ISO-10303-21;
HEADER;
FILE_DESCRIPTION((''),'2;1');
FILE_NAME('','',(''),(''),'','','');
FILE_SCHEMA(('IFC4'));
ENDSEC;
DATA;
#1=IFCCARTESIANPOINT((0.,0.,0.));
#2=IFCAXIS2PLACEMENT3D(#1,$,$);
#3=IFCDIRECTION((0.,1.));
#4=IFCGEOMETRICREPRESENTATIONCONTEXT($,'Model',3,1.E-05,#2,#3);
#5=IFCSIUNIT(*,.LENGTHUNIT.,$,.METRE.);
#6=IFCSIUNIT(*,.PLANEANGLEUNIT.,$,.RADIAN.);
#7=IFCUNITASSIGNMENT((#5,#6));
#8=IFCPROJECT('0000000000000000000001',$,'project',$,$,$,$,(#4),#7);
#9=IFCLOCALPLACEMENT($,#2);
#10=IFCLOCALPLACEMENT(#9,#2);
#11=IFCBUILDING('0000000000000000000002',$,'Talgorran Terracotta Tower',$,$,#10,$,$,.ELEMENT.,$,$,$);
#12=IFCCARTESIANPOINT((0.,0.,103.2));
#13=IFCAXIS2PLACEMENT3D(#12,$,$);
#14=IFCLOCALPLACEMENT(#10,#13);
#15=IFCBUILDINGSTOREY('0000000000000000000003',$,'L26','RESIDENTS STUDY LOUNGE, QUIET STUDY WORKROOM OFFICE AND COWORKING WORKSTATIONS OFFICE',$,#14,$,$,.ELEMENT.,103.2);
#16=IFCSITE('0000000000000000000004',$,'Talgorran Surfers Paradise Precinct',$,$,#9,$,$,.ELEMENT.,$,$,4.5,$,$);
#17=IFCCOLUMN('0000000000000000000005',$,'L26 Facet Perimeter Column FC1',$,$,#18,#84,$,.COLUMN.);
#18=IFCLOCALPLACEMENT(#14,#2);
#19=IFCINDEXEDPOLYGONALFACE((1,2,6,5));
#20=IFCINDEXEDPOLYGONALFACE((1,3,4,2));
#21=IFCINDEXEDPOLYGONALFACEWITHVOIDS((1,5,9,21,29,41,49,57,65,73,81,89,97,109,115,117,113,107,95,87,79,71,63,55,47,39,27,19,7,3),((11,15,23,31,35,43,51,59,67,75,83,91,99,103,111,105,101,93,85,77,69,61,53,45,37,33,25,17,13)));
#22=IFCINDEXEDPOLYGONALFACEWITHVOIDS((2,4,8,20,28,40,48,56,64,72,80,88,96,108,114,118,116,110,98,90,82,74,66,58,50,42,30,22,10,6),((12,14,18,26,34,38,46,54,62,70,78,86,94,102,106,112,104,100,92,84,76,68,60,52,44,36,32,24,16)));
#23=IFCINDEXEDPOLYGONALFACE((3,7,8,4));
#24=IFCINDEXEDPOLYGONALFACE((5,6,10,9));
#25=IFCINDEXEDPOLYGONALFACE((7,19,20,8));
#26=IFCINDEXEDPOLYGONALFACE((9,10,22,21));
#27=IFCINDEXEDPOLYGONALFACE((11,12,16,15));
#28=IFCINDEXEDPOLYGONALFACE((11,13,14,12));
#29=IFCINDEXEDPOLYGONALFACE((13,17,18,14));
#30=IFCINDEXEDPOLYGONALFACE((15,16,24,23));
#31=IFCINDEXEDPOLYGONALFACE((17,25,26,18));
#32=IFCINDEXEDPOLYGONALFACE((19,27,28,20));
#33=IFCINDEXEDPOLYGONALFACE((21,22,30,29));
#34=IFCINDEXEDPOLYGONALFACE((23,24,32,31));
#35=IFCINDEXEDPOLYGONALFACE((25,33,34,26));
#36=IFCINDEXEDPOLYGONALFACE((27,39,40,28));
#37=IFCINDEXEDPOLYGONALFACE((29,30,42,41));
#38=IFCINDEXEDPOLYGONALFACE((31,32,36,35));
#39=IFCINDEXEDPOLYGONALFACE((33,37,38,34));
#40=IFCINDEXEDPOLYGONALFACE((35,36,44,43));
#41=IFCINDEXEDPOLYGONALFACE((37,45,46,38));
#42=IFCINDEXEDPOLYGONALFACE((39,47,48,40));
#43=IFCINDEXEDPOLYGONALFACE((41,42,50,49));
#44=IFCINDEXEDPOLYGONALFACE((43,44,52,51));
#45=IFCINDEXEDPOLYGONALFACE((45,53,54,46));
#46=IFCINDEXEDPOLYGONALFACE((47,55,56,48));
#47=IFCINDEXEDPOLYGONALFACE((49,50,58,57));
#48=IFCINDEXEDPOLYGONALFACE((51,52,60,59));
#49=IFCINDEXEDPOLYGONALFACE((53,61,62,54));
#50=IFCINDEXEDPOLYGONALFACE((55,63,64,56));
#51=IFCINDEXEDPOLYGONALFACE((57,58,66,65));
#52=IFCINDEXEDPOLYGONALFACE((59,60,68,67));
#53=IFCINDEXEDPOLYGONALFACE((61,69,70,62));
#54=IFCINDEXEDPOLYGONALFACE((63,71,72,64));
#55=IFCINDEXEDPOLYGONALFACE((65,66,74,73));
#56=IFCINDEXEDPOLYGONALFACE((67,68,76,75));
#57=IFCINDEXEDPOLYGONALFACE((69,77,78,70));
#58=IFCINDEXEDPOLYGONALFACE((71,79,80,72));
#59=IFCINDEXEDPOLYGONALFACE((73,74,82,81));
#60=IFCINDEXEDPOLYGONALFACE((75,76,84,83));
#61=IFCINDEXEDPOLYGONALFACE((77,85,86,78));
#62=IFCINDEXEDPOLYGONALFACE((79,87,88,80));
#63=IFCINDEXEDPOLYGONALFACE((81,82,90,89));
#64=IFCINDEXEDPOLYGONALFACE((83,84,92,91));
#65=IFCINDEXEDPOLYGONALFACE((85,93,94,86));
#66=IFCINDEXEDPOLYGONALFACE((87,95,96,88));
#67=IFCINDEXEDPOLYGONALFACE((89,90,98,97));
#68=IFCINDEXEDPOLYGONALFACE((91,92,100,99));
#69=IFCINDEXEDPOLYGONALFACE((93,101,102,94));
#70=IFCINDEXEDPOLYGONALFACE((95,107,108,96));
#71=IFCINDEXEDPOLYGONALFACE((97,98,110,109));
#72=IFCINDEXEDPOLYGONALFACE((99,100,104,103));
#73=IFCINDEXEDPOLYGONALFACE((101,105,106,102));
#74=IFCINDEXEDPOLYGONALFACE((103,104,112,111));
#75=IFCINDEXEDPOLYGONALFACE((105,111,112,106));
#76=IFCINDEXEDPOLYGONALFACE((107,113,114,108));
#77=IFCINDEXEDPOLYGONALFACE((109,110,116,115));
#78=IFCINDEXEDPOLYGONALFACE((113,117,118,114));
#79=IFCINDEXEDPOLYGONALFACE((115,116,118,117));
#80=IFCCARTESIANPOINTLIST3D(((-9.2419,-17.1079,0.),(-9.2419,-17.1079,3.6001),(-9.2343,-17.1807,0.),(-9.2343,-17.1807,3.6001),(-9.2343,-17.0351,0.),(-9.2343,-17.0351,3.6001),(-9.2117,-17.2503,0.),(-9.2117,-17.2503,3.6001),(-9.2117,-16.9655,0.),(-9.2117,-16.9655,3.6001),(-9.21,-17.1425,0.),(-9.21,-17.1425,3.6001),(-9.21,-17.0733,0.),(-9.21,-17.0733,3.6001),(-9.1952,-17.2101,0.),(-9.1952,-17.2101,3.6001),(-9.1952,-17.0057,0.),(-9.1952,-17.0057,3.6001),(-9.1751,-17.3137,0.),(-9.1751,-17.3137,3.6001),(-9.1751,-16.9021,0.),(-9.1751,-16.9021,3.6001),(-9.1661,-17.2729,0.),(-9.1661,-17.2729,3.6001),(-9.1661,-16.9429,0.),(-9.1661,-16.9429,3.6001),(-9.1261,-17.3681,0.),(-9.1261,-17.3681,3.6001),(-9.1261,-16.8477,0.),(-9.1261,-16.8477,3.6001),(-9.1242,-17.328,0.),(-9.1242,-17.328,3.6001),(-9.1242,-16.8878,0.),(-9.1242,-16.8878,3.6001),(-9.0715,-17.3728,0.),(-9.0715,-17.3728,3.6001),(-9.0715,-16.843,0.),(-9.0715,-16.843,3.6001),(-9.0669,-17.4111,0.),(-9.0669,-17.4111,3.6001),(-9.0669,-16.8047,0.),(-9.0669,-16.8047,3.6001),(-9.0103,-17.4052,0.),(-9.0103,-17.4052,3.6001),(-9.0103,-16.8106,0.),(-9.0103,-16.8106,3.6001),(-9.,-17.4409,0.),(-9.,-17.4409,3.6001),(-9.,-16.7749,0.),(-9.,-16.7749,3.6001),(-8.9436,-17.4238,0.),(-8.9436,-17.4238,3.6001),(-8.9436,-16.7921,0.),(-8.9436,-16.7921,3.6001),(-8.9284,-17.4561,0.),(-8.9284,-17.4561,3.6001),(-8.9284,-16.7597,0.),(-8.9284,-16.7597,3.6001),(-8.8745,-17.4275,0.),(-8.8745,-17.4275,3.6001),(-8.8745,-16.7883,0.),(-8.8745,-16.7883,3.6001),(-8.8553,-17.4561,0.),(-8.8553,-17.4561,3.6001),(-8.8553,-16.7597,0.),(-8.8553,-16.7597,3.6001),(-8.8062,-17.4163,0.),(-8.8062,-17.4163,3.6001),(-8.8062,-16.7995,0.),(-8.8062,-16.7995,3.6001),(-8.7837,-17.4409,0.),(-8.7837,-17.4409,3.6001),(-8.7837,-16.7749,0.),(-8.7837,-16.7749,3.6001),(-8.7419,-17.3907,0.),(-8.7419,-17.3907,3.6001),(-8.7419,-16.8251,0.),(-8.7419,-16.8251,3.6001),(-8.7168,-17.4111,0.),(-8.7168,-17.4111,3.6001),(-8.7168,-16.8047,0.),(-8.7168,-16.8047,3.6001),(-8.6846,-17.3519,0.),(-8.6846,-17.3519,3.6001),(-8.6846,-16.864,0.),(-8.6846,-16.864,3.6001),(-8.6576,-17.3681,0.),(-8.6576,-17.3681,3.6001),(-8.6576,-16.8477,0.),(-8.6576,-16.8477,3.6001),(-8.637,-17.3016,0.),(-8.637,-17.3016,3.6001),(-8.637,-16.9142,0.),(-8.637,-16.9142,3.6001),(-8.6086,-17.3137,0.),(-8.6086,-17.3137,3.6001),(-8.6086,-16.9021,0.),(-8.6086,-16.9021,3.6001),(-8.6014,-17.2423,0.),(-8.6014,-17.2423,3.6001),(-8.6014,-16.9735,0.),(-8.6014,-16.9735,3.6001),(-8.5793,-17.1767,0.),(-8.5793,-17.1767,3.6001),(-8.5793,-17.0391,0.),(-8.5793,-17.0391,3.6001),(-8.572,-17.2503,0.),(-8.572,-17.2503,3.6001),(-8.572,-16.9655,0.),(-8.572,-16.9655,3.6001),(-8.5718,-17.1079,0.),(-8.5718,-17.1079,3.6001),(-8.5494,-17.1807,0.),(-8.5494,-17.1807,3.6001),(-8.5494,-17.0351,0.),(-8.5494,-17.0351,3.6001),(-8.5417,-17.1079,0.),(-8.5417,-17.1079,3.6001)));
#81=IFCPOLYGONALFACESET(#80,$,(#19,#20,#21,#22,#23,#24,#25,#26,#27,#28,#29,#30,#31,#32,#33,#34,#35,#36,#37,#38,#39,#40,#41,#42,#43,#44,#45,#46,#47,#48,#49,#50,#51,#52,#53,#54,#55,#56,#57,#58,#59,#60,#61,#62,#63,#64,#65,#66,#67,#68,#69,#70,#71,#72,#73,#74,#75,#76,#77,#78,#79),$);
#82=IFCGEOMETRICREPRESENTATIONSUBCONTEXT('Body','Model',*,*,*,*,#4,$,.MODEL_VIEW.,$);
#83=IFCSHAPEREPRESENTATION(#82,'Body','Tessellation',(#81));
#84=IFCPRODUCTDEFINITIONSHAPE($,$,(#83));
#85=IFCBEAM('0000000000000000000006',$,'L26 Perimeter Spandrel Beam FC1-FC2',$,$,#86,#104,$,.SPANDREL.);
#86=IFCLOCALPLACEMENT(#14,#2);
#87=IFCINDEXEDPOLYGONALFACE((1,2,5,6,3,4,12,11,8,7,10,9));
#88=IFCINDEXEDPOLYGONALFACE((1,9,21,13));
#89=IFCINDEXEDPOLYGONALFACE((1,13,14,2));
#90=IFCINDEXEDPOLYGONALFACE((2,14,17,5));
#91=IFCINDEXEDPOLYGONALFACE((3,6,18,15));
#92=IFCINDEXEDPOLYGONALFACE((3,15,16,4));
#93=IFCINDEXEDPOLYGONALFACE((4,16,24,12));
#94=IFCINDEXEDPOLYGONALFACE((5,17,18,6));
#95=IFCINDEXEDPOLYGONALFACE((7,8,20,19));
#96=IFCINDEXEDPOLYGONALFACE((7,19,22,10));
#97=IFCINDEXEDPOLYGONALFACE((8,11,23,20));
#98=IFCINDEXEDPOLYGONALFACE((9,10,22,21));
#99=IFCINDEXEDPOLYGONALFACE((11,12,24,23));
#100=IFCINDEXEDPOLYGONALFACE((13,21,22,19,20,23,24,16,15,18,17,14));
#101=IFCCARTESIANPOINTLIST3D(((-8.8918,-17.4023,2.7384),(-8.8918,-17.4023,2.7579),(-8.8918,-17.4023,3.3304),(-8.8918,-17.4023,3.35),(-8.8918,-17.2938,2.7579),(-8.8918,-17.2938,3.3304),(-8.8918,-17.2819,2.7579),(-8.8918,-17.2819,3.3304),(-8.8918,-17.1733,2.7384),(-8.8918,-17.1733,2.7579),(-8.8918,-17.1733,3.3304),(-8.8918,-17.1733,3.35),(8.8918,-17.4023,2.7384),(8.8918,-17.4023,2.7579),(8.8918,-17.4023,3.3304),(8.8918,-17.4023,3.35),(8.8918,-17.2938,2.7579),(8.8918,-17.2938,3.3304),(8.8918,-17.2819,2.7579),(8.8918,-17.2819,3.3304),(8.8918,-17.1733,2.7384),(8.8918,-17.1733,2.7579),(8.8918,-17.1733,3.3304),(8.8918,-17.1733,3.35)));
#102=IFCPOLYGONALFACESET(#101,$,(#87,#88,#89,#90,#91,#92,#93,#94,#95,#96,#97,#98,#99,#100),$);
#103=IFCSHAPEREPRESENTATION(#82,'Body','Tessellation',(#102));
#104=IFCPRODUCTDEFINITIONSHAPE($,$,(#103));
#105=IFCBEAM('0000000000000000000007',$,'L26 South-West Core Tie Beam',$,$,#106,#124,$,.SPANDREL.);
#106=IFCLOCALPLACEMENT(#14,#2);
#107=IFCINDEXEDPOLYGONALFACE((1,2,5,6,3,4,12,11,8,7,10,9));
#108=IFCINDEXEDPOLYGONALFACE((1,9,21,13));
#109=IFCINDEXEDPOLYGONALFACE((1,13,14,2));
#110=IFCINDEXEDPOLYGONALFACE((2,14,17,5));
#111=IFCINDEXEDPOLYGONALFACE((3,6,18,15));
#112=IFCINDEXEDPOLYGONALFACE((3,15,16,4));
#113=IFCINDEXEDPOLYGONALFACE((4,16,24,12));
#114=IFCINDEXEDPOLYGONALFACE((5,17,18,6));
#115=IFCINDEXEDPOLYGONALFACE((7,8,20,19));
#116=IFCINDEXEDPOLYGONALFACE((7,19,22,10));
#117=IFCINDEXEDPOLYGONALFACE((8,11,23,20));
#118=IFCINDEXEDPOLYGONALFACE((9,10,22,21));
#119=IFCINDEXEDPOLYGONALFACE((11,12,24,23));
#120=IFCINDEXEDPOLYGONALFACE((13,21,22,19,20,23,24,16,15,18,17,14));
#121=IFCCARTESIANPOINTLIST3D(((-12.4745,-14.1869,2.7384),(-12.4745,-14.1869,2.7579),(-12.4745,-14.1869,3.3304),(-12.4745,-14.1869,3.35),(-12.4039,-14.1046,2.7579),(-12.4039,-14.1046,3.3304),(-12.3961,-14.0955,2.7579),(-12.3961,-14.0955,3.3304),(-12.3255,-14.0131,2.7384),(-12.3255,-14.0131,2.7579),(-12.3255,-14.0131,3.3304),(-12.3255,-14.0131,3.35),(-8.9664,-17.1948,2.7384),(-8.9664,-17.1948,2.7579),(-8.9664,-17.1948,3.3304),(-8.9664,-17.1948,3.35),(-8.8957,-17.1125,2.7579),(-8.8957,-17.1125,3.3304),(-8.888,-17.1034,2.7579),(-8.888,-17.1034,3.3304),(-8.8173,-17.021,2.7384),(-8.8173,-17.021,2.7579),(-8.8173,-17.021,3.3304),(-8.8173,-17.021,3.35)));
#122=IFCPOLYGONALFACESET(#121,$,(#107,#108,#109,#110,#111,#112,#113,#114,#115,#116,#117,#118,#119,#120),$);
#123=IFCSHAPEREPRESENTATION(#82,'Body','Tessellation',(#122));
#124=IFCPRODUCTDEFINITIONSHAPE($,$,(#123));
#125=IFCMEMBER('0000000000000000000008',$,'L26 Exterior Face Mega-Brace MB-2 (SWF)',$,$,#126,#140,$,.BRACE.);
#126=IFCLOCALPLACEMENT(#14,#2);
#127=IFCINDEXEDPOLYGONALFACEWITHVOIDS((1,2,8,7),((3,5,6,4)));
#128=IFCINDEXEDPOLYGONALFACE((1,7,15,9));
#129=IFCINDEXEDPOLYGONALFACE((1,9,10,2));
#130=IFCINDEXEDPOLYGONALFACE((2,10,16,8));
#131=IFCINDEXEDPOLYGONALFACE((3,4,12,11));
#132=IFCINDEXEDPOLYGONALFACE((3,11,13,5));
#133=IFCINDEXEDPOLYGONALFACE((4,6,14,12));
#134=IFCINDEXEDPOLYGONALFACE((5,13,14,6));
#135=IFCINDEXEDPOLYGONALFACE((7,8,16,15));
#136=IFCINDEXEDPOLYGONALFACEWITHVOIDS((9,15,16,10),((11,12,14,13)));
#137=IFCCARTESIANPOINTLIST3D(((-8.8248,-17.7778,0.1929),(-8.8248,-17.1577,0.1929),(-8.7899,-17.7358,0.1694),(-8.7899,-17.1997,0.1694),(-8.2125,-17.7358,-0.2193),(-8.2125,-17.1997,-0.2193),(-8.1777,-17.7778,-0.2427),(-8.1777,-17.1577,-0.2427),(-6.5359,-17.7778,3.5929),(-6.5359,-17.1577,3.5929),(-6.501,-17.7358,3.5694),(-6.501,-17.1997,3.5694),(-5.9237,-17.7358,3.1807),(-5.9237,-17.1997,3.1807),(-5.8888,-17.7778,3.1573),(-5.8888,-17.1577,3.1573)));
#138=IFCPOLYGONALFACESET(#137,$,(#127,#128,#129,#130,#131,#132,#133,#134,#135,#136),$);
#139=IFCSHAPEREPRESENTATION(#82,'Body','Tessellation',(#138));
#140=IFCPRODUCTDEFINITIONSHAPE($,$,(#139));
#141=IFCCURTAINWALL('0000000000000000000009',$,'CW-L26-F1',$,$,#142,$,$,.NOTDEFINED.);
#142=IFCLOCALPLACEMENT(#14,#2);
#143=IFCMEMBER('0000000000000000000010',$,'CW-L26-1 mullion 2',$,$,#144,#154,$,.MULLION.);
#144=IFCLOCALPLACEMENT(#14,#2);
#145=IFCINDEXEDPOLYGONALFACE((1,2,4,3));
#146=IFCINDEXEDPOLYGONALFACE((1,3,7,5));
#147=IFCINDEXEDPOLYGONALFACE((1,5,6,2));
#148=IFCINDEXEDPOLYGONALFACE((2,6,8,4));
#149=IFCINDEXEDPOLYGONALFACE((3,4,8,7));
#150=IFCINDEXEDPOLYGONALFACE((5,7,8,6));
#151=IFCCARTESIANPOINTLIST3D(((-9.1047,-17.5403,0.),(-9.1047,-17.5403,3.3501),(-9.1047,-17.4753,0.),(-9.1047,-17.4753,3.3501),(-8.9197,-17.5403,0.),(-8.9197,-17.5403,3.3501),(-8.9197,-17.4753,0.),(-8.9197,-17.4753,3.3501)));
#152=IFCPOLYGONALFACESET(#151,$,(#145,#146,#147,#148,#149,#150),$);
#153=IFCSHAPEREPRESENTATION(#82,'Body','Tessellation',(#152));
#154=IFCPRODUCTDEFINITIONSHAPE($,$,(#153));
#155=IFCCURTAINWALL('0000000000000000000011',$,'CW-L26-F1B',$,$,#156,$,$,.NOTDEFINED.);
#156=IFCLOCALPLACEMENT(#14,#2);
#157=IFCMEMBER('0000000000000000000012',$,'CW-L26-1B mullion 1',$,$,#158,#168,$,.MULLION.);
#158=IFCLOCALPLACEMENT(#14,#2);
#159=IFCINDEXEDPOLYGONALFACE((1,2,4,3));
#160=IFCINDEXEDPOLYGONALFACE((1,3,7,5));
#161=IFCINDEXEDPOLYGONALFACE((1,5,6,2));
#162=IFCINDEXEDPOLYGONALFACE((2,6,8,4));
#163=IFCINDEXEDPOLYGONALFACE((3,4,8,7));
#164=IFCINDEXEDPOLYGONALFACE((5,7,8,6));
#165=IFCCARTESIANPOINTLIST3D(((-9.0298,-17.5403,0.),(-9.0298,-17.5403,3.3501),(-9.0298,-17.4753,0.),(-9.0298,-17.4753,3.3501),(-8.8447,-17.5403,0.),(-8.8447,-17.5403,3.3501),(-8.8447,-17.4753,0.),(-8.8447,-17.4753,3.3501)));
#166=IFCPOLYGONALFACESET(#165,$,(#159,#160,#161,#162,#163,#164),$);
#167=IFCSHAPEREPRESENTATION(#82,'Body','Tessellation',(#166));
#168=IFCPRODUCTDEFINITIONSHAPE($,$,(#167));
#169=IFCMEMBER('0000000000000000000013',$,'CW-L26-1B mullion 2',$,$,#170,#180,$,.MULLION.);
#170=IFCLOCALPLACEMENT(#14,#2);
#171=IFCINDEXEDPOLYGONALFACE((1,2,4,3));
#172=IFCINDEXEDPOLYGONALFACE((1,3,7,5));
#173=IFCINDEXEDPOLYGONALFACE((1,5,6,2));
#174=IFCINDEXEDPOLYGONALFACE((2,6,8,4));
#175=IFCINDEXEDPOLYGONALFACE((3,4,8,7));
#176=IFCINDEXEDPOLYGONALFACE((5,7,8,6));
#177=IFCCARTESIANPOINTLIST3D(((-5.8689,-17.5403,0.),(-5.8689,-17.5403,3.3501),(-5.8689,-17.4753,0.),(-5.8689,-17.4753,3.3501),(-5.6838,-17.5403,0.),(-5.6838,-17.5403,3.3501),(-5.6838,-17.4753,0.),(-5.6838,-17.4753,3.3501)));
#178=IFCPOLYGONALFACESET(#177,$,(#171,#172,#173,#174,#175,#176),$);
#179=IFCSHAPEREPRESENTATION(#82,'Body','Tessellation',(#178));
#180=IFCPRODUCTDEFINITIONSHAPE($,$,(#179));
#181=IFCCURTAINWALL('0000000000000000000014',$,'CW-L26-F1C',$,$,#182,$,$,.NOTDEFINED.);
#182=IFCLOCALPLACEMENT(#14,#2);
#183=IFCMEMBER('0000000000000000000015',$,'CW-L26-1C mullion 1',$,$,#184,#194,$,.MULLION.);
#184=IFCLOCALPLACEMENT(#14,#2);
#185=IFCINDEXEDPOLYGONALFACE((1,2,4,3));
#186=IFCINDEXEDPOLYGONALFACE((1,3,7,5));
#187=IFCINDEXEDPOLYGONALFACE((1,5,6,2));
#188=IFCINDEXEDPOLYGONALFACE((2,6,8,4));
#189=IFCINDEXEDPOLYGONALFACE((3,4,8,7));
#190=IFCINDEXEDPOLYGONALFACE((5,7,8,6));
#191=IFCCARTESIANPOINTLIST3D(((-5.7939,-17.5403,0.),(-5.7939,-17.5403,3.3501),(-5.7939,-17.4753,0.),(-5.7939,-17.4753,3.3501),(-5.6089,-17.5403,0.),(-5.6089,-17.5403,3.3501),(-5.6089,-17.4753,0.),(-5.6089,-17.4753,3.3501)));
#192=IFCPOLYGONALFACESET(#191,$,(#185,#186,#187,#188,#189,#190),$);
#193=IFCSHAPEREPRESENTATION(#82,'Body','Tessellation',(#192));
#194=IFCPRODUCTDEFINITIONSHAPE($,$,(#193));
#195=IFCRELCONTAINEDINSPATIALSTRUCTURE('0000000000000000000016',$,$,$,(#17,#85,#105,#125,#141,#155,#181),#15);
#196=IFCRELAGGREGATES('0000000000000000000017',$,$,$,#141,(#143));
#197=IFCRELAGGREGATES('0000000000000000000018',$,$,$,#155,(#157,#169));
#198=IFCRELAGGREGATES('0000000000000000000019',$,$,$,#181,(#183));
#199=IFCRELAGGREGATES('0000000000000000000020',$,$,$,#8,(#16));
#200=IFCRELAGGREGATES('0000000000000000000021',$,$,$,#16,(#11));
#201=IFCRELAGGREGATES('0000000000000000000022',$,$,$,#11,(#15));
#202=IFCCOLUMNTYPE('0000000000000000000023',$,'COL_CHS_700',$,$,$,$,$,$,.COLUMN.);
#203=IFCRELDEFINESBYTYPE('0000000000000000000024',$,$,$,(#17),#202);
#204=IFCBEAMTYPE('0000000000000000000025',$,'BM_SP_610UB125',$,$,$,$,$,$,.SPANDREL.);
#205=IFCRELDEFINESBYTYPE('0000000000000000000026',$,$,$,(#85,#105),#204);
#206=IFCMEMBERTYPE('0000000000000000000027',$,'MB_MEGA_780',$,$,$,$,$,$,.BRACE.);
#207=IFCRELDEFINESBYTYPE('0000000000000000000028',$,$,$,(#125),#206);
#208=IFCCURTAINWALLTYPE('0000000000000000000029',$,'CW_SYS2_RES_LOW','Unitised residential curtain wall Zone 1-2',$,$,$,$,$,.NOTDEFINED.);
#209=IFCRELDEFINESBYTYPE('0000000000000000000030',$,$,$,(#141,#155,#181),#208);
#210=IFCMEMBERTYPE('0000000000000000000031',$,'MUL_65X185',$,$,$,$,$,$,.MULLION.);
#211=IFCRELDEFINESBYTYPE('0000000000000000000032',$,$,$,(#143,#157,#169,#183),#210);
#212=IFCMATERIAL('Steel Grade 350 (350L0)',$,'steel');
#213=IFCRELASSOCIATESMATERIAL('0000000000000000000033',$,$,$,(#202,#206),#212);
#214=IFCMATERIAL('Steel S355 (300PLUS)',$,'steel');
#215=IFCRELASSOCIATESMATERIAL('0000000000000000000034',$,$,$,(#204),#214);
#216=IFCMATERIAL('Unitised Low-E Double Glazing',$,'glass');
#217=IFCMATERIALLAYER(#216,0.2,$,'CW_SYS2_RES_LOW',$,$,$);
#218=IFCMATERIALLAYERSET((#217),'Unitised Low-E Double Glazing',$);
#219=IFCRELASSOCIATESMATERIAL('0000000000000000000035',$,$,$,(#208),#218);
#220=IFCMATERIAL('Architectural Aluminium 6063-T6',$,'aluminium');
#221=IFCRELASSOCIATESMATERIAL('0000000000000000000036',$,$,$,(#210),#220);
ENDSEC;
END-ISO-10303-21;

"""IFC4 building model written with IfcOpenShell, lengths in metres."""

from ifc_helpers import new_model, si_unit, direction, frame, origin, origin_2d, place, context, subcontext, project, spatial, rectangle, hollow_rectangle, hollow_circle, i_section, extrude, material, layer, layer_set, material_profile, profile_set, type_object, element, aggregate, save


model = new_model("IFC4")

# Units and contexts
model_context = context("Model", 3, precision=1e-05, world=origin(), true_north=direction((0.0, 1.0)))
body_context = subcontext(model_context, "Body", "Model", "MODEL_VIEW")
ifc_project = project(units=[si_unit("LENGTHUNIT", "METRE"), si_unit("PLANEANGLEUNIT", "RADIAN")], contexts=[model_context])

# Site, building, storey
site_placement = place(None, origin())
site = spatial("IfcSite", under=ifc_project, at=site_placement, Name="Talgorran Surfers Paradise Precinct", CompositionType="ELEMENT", RefElevation=4.5)
building_placement = place(site_placement, origin())
building = spatial("IfcBuilding", under=site, at=building_placement, Name="Talgorran Terracotta Tower", CompositionType="ELEMENT")
storey_placement = place(building_placement, frame((0.0, 0.0, 103.2)))
storey = spatial("IfcBuildingStorey", under=building, at=storey_placement, Name="L26", Description="RESIDENTS STUDY LOUNGE, QUIET STUDY WORKROOM OFFICE AND COWORKING WORKSTATIONS OFFICE", CompositionType="ELEMENT", Elevation=103.2)

# Column
ifc_material_1 = material(Name="Steel Grade 350 (350L0)", Category="steel")
ifc_material_profile_1 = material_profile(ifc_material_1, hollow_circle(Radius=0.3501, WallThickness=0.03, at=origin_2d()), Name="CHS700X30")
ifc_profile_set_1 = profile_set([ifc_material_profile_1], Name="Steel Grade 350 (350L0)")
column_type = type_object("IfcColumnType", Name="COL_CHS_700", PredefinedType="COLUMN", material=ifc_profile_set_1)
column_placement = place(storey_placement, frame((-8.8918, -17.1079, 0.0), z_axis=(0.0, 0.0, 1.0), x_axis=(1.0, 0.0, 0.0)))
element("IfcColumn", 1, at=column_placement, inside=storey, type_object=column_type, Name="L26 Facet Perimeter Column FC1", PredefinedType="COLUMN", context=body_context, shape_type="SweptSolid", body=[
    extrude(hollow_circle(Radius=0.3501, WallThickness=0.03, at=origin_2d()), origin(), (0.0, 0.0, 1.0), 3.6001),
])

# Beams
ifc_material_2 = material(Name="Steel S355 (300PLUS)", Category="steel")
ifc_material_profile_2 = material_profile(ifc_material_2, i_section(OverallWidth=0.229, OverallDepth=0.6116, WebThickness=0.012, FlangeThickness=0.0195, at=origin_2d()), Name="610UB125")
ifc_profile_set_2 = profile_set([ifc_material_profile_2], Name="Steel S355 (300PLUS)")
beam_type = type_object("IfcBeamType", Name="BM_SP_610UB125", PredefinedType="SPANDREL", material=ifc_profile_set_2)
beam_1_placement = place(storey_placement, frame((-8.8918, -17.2878, 3.0442), z_axis=(1.0, 0.0, 0.0), x_axis=(0.0, 1.0, 0.0)))
element("IfcBeam", 2, at=beam_1_placement, inside=storey, type_object=beam_type, Name="L26 Perimeter Spandrel Beam FC1-FC2", PredefinedType="SPANDREL", context=body_context, shape_type="SweptSolid", body=[
    extrude(i_section(OverallWidth=0.229, OverallDepth=0.6116, WebThickness=0.012, FlangeThickness=0.0195, at=origin_2d()), origin(), (0.0, 0.0, 1.0), 17.7837),
])
beam_2_placement = place(storey_placement, frame((-8.8918, -17.1079, 3.0442), z_axis=(-0.75916, 0.650904, 0.0), x_axis=(-0.650904, -0.75916, 0.0)))
element("IfcBeam", 3, at=beam_2_placement, inside=storey, type_object=beam_type, Name="L26 South-West Core Tie Beam", PredefinedType="SPANDREL", context=body_context, shape_type="SweptSolid", body=[
    extrude(i_section(OverallWidth=0.229, OverallDepth=0.6116, WebThickness=0.012, FlangeThickness=0.0195, at=origin_2d()), origin(), (0.0, 0.0, 1.0), 4.6211),
])

# Member
ifc_material_profile_3 = material_profile(ifc_material_1, hollow_rectangle(XDim=0.6201, YDim=0.78, WallThickness=0.042, at=origin_2d()), Name="WBOX780X620X42")
ifc_profile_set_3 = profile_set([ifc_material_profile_3], Name="Steel Grade 350 (350L0)")
member_type_1 = type_object("IfcMemberType", Name="MB_MEGA_780", PredefinedType="BRACE", material=ifc_profile_set_3)
member_1_placement = place(storey_placement, frame((-8.5012, -17.4678, -0.0249), z_axis=(0.558447, 0.0, 0.82954), x_axis=(0.0, 1.0, 0.0)))
element("IfcMember", 4, at=member_1_placement, inside=storey, type_object=member_type_1, Name="L26 Exterior Face Mega-Brace MB-2 (SWF)", PredefinedType="BRACE", context=body_context, shape_type="SweptSolid", body=[
    extrude(hollow_rectangle(XDim=0.6201, YDim=0.78, WallThickness=0.042, at=origin_2d()), origin(), (0.0, 0.0, 1.0), 4.0986),
])

# Curtain wall, member
ifc_material_3 = material(Name="Unitised Low-E Double Glazing", Category="glass")
ifc_layer_1 = layer(ifc_material_3, 0.2, Name="CW_SYS2_RES_LOW")
ifc_layer_set_1 = layer_set([ifc_layer_1], Name="Unitised Low-E Double Glazing")
curtain_wall_type = type_object("IfcCurtainWallType", Name="CW_SYS2_RES_LOW", Description="Unitised residential curtain wall Zone 1-2", PredefinedType="NOTDEFINED", material=ifc_layer_set_1)
curtain_wall_1_placement = place(storey_placement, origin())
curtain_wall_1 = element("IfcCurtainWall", 5, at=curtain_wall_1_placement, inside=storey, type_object=curtain_wall_type, Name="CW-L26-F1", PredefinedType="NOTDEFINED")
ifc_material_4 = material(Name="Architectural Aluminium 6063-T6", Category="aluminium")
ifc_material_profile_4 = material_profile(ifc_material_4, rectangle(XDim=0.0649, YDim=0.1851, at=origin_2d()), Name="CWM65X185")
ifc_profile_set_4 = profile_set([ifc_material_profile_4], Name="Architectural Aluminium 6063-T6")
member_type_2 = type_object("IfcMemberType", Name="MUL_65X185", PredefinedType="MULLION", material=ifc_profile_set_4)
member_2_placement = place(storey_placement, frame((-9.0122, -17.5078, 0.0), z_axis=(0.0, 0.0, 1.0), x_axis=(0.0, 1.0, 0.0)))
member_2 = element("IfcMember", 6, at=member_2_placement, type_object=member_type_2, Name="CW-L26-1 mullion 2", PredefinedType="MULLION", context=body_context, shape_type="SweptSolid", body=[
    extrude(rectangle(XDim=0.0649, YDim=0.1851, at=origin_2d()), origin(), (0.0, 0.0, 1.0), 3.3501),
])
aggregate(curtain_wall_1, [member_2])

# Curtain wall, members
curtain_wall_2_placement = place(storey_placement, origin())
curtain_wall_2 = element("IfcCurtainWall", 7, at=curtain_wall_2_placement, inside=storey, type_object=curtain_wall_type, Name="CW-L26-F1B", PredefinedType="NOTDEFINED")
member_3_placement = place(storey_placement, frame((-8.9373, -17.5078, 0.0), z_axis=(0.0, 0.0, 1.0), x_axis=(0.0, 1.0, 0.0)))
member_3 = element("IfcMember", 8, at=member_3_placement, type_object=member_type_2, Name="CW-L26-1B mullion 1", PredefinedType="MULLION", context=body_context, shape_type="SweptSolid", body=[
    extrude(rectangle(XDim=0.0649, YDim=0.1851, at=origin_2d()), origin(), (0.0, 0.0, 1.0), 3.3501),
])
member_4_placement = place(storey_placement, frame((-5.7764, -17.5078, 0.0), z_axis=(0.0, 0.0, 1.0), x_axis=(0.0, 1.0, 0.0)))
member_4 = element("IfcMember", 9, at=member_4_placement, type_object=member_type_2, Name="CW-L26-1B mullion 2", PredefinedType="MULLION", context=body_context, shape_type="SweptSolid", body=[
    extrude(rectangle(XDim=0.0649, YDim=0.1851, at=origin_2d()), origin(), (0.0, 0.0, 1.0), 3.3501),
])

# Curtain wall, member
curtain_wall_3_placement = place(storey_placement, origin())
curtain_wall_3 = element("IfcCurtainWall", 10, at=curtain_wall_3_placement, inside=storey, type_object=curtain_wall_type, Name="CW-L26-F1C", PredefinedType="NOTDEFINED")
member_5_placement = place(storey_placement, frame((-5.7014, -17.5078, 0.0), z_axis=(0.0, 0.0, 1.0), x_axis=(0.0, 1.0, 0.0)))
member_5 = element("IfcMember", 11, at=member_5_placement, type_object=member_type_2, Name="CW-L26-1C mullion 1", PredefinedType="MULLION", context=body_context, shape_type="SweptSolid", body=[
    extrude(rectangle(XDim=0.0649, YDim=0.1851, at=origin_2d()), origin(), (0.0, 0.0, 1.0), 3.3501),
])

aggregate(curtain_wall_2, [member_3, member_4])
aggregate(curtain_wall_3, [member_5])

save(model, "model.ifc")
